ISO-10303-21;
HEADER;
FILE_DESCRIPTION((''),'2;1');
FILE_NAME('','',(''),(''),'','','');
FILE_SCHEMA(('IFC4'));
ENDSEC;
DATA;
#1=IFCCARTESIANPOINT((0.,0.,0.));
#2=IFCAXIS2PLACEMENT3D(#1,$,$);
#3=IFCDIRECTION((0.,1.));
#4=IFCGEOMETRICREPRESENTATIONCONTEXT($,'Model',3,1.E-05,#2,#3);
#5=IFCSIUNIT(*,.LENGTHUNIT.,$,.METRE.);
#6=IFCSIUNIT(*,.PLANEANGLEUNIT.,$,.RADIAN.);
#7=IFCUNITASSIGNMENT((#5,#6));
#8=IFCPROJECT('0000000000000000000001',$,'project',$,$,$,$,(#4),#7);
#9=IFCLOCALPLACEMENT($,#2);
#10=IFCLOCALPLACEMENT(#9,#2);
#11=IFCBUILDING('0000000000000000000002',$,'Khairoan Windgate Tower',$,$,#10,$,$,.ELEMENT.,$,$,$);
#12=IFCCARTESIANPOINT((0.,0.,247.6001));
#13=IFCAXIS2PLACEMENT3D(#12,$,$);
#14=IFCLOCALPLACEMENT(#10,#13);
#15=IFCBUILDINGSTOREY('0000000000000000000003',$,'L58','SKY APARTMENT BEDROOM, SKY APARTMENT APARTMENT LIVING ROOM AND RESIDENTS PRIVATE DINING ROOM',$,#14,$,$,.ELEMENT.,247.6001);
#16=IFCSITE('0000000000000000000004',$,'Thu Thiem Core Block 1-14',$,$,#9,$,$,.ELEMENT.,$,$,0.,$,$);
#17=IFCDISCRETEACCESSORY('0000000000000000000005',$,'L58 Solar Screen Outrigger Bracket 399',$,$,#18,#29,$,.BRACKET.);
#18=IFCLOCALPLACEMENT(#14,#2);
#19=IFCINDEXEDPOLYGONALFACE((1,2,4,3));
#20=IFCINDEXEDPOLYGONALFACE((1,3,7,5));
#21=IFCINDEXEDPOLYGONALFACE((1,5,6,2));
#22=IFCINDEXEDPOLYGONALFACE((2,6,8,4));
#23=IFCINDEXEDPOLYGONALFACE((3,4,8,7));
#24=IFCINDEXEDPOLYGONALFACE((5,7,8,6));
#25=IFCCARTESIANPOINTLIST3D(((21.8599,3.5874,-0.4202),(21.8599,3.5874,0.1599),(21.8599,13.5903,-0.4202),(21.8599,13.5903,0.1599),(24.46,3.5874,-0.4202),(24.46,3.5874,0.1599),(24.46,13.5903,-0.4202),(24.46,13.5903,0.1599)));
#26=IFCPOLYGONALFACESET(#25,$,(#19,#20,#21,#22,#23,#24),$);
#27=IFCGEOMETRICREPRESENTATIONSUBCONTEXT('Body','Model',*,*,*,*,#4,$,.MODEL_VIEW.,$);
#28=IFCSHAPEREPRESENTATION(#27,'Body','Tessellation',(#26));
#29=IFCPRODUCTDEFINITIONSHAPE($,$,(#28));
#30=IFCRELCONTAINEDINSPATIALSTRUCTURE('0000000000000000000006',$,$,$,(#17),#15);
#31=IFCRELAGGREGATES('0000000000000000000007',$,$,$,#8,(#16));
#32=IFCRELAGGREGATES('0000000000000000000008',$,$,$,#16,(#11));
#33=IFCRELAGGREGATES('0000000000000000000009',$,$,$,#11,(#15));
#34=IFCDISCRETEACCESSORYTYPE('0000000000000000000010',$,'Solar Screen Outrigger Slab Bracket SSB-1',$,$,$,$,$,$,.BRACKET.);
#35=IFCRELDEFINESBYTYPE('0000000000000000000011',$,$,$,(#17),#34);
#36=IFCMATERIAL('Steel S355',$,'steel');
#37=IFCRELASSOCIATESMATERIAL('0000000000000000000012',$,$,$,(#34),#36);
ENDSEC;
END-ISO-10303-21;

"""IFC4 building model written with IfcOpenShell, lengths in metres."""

from ifc_helpers import new_model, si_unit, direction, frame, origin, origin_2d, place, context, subcontext, project, spatial, rectangle, extrude, material, type_object, element, save


model = new_model("IFC4")

# Units and contexts
model_context = context("Model", 3, precision=1e-05, world=origin(), true_north=direction((0.0, 1.0)))
body_context = subcontext(model_context, "Body", "Model", "MODEL_VIEW")
ifc_project = project(units=[si_unit("LENGTHUNIT", "METRE"), si_unit("PLANEANGLEUNIT", "RADIAN")], contexts=[model_context])

# Site, building, storey
site_placement = place(None, origin())
site = spatial("IfcSite", under=ifc_project, at=site_placement, Name="Thu Thiem Core Block 1-14", CompositionType="ELEMENT", RefElevation=0.0)
building_placement = place(site_placement, origin())
building = spatial("IfcBuilding", under=site, at=building_placement, Name="Khairoan Windgate Tower", CompositionType="ELEMENT")
storey_placement = place(building_placement, frame((0.0, 0.0, 247.6001)))
storey = spatial("IfcBuildingStorey", under=building, at=storey_placement, Name="L58", Description="SKY APARTMENT BEDROOM, SKY APARTMENT APARTMENT LIVING ROOM AND RESIDENTS PRIVATE DINING ROOM", CompositionType="ELEMENT", Elevation=247.6001)

# Discrete accessory
ifc_material_1 = material(Name="Steel S355", Category="steel")
discrete_accessory_type = type_object("IfcDiscreteAccessoryType", Name="Solar Screen Outrigger Slab Bracket SSB-1", PredefinedType="BRACKET", material=ifc_material_1)
discrete_accessory_placement = place(storey_placement, frame((23.1599, 8.5889, -0.4202), z_axis=(0.0, 0.0, 1.0), x_axis=(0.0, -1.0, 0.0)))
element("IfcDiscreteAccessory", 1, at=discrete_accessory_placement, inside=storey, type_object=discrete_accessory_type, Name="L58 Solar Screen Outrigger Bracket 399", PredefinedType="BRACKET", context=body_context, shape_type="SweptSolid", body=[
    extrude(rectangle(XDim=10.0029, YDim=2.6001, at=origin_2d()), origin(), (0.0, 0.0, 1.0), 0.5801),
])

save(model, "model.ifc")
